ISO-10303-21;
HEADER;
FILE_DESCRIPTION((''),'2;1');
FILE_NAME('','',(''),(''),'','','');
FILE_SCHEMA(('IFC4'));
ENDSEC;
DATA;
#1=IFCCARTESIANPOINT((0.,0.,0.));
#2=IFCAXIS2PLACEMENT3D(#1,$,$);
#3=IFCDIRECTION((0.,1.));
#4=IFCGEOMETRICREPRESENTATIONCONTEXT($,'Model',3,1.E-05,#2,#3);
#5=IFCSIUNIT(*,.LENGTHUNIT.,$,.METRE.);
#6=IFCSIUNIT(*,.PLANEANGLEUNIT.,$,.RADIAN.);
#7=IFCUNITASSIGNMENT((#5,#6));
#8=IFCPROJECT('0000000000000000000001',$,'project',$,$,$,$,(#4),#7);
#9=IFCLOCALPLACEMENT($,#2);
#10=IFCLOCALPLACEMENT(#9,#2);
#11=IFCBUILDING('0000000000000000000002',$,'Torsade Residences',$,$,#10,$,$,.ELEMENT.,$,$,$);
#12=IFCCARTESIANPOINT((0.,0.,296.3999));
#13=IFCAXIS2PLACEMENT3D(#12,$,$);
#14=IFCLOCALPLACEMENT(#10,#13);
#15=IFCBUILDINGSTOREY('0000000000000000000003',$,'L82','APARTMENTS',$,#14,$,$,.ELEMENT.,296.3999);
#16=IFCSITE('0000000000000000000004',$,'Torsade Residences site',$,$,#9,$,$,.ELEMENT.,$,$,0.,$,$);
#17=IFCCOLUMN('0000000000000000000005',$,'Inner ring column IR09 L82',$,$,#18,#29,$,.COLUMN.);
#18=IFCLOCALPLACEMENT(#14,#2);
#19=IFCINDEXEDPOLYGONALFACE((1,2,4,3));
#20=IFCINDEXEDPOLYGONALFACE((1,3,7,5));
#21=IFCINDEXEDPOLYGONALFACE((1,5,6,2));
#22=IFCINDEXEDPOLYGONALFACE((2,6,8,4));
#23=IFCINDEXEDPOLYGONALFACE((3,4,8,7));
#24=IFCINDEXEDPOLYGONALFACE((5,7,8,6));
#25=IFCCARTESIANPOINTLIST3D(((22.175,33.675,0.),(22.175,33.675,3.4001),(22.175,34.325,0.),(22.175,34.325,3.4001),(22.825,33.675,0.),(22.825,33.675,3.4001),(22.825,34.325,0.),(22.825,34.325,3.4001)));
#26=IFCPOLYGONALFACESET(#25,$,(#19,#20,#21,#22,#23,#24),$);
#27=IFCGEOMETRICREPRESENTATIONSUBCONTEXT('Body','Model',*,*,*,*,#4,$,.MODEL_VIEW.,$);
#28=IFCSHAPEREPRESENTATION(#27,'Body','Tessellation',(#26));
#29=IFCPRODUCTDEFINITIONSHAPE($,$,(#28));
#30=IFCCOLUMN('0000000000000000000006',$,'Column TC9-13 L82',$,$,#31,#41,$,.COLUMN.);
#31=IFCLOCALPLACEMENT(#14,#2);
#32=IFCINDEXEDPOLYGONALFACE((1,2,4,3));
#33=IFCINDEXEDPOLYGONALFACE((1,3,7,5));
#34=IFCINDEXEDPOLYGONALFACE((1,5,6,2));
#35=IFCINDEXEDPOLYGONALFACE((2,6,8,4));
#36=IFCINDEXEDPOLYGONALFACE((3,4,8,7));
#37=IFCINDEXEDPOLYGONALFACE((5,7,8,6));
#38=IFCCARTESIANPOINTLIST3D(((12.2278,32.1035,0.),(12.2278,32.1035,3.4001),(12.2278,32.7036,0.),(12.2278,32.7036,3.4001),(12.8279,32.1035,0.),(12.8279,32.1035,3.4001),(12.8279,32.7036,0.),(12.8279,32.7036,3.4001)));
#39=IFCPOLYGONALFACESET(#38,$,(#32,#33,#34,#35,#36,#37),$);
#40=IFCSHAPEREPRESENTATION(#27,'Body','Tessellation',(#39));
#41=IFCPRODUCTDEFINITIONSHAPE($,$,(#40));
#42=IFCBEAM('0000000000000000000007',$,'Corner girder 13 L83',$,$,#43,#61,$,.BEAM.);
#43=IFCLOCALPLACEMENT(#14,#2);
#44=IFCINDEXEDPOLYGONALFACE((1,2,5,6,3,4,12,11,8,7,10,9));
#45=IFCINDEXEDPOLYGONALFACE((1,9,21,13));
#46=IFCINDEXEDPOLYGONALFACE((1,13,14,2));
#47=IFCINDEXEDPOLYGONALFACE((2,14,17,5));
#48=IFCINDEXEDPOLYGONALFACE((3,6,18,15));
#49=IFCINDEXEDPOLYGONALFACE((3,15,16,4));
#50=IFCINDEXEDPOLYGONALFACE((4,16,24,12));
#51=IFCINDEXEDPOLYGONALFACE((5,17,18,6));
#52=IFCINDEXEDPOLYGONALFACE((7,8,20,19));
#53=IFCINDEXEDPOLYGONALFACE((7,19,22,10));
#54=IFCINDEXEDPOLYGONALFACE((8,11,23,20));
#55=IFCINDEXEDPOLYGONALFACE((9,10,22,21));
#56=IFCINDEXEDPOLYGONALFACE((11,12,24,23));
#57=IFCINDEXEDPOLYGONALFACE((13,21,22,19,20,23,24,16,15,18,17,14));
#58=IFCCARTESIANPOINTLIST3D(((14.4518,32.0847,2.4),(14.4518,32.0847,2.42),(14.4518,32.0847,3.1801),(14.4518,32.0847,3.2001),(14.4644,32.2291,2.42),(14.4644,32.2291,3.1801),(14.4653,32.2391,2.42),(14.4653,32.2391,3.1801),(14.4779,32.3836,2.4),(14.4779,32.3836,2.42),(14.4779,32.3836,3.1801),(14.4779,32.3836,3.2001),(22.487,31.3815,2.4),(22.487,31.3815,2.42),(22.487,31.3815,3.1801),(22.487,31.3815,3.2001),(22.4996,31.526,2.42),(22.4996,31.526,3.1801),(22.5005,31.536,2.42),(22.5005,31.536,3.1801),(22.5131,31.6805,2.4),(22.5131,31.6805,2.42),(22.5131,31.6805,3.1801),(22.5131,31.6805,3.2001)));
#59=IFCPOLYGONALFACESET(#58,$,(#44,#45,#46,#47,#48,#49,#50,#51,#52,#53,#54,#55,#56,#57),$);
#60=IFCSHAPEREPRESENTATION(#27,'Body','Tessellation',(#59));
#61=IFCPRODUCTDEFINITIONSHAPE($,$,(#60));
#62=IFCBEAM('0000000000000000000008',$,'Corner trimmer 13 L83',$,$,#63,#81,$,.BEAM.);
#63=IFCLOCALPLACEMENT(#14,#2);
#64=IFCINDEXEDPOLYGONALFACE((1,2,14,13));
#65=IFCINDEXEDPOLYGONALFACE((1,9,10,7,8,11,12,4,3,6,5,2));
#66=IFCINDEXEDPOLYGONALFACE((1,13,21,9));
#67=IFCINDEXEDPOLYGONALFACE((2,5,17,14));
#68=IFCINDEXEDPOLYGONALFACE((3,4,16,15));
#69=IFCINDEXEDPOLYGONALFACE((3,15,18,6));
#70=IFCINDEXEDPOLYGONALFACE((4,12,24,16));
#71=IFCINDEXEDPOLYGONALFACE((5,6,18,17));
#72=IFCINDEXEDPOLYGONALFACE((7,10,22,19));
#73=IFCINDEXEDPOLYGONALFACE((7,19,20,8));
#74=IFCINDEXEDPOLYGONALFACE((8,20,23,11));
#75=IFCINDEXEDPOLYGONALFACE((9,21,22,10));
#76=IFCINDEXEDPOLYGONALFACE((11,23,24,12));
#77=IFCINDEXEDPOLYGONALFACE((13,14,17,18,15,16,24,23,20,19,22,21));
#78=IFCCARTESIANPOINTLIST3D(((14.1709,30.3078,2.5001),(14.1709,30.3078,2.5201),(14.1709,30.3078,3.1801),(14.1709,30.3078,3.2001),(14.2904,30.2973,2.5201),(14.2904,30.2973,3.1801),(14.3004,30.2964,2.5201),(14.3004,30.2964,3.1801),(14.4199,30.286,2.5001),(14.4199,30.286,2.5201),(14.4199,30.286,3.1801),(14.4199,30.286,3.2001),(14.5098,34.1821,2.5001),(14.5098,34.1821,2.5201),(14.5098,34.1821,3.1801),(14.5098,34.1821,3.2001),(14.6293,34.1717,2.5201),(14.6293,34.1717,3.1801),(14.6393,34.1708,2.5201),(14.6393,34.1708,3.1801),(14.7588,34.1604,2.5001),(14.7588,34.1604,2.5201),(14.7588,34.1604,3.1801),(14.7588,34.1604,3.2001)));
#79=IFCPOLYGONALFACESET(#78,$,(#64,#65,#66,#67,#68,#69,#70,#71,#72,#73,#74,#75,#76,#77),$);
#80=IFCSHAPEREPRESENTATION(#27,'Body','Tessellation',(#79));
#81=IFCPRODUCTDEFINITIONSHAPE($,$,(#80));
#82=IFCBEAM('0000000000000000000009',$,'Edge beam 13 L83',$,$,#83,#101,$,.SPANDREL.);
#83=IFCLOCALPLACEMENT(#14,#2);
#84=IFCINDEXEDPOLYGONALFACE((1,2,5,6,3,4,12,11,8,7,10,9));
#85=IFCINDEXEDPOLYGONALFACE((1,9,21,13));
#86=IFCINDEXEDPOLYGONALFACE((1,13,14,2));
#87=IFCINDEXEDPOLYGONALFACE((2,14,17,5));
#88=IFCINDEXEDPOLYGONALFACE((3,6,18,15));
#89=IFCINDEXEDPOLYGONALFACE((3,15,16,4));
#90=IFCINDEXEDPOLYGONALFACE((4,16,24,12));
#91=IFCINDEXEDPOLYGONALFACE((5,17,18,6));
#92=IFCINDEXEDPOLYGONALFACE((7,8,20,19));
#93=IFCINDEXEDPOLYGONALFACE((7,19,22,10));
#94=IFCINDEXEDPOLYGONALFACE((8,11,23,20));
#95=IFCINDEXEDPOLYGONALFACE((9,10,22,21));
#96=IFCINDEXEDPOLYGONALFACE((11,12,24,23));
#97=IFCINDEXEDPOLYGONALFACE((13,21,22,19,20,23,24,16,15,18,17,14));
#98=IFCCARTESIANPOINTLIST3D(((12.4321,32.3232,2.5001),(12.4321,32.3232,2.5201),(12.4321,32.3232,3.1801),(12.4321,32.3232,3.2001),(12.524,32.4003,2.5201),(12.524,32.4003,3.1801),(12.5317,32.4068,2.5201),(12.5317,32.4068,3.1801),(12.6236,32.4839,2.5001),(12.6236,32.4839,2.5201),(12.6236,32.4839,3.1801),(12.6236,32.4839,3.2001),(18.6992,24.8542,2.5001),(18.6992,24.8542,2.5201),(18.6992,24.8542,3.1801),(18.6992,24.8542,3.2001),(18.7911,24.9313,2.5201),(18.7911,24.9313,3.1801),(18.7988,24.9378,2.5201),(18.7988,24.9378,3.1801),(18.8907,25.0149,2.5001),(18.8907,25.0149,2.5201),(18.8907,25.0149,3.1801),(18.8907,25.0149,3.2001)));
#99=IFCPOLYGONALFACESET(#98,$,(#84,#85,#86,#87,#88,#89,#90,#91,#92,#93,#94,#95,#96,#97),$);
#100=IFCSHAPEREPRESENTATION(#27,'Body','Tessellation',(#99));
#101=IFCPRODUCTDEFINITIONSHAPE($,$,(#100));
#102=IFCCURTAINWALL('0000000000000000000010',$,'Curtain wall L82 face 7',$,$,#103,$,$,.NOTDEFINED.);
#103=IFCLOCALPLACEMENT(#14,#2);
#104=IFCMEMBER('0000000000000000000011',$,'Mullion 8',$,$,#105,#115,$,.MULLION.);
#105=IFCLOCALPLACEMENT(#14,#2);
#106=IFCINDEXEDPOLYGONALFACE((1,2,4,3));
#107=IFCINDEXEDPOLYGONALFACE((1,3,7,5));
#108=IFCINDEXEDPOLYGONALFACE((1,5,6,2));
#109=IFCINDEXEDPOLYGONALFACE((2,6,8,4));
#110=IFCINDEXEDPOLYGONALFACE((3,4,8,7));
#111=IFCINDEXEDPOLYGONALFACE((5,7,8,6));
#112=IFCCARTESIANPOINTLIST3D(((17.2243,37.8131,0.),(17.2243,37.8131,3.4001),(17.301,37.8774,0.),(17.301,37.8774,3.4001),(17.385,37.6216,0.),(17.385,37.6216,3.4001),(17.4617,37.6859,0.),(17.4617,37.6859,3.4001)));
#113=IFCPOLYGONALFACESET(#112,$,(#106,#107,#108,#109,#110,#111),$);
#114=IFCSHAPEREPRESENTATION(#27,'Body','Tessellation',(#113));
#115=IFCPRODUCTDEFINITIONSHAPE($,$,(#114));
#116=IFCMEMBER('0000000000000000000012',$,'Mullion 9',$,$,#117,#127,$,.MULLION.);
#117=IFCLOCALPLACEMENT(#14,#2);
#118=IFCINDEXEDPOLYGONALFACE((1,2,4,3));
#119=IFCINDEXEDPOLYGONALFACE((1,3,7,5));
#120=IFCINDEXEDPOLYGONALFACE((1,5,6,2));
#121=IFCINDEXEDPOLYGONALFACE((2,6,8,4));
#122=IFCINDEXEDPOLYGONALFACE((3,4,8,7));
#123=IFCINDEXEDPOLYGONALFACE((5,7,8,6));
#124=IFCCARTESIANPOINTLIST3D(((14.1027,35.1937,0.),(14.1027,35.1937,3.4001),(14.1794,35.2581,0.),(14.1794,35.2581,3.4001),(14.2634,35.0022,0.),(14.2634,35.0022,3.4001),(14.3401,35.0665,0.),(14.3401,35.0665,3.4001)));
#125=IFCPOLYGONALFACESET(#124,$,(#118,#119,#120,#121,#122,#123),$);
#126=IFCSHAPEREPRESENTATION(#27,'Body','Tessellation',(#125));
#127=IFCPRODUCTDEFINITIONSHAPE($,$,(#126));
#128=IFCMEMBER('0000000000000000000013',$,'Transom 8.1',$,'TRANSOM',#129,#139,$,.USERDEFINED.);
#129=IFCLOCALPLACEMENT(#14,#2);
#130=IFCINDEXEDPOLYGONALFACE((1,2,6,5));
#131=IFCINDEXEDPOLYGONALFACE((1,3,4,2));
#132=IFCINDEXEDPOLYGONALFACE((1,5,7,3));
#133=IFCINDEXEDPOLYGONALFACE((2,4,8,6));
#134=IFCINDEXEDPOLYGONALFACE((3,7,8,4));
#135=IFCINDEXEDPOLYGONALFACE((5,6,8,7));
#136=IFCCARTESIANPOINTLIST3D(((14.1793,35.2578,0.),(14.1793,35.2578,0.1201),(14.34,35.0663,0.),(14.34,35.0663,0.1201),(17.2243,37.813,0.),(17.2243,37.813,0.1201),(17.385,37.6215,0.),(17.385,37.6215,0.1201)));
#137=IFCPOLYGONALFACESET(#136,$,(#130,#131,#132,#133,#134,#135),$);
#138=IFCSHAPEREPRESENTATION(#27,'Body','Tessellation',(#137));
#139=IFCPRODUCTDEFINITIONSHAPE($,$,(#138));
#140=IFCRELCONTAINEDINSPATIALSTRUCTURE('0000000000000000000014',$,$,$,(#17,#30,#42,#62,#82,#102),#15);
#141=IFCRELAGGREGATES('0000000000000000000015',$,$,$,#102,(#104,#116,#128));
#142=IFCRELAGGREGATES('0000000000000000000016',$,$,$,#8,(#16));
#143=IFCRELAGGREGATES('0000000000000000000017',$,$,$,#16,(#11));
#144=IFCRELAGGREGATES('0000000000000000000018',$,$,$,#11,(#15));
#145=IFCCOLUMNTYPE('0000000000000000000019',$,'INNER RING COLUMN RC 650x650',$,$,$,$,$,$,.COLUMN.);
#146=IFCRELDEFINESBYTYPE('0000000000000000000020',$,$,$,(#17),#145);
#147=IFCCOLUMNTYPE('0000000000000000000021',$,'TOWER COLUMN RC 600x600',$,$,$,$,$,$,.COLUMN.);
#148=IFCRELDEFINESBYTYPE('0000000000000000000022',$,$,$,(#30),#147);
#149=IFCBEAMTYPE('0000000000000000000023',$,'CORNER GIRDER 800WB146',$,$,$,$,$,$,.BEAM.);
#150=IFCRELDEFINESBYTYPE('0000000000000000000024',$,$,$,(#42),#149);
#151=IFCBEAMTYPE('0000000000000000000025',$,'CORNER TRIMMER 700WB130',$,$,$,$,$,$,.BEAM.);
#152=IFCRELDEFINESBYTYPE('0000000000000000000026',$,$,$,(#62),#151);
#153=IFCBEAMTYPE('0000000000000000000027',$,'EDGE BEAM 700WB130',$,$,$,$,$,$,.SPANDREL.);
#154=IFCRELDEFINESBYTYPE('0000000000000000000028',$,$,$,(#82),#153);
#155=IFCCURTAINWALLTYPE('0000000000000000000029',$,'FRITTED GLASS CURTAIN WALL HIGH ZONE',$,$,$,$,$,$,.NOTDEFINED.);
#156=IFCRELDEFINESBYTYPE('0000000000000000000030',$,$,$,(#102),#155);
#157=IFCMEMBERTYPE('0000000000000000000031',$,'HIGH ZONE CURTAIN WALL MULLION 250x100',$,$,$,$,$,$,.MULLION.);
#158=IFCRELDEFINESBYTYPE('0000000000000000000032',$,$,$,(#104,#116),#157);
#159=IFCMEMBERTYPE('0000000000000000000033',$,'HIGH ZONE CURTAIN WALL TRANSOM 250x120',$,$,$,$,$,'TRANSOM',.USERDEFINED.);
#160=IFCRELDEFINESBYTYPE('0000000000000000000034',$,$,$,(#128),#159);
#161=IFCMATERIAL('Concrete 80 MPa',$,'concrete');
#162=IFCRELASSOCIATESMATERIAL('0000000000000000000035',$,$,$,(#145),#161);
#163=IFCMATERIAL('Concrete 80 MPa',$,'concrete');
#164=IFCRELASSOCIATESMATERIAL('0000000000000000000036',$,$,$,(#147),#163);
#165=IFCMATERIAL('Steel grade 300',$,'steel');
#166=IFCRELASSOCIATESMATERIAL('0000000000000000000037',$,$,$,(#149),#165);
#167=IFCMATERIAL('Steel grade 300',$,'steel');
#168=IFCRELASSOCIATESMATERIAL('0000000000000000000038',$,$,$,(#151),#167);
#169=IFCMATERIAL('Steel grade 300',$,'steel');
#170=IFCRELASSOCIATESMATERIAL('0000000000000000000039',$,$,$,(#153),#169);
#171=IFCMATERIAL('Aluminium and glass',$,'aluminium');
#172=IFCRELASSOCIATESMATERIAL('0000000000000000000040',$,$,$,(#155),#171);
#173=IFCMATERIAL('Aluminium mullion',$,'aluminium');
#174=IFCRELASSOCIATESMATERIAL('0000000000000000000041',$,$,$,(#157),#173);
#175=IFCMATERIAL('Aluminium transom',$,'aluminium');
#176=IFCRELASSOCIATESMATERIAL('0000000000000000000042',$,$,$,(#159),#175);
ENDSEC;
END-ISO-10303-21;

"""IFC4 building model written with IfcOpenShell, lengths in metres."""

from ifc_helpers import new_model, si_unit, direction, frame, origin, origin_2d, place, context, subcontext, project, spatial, rectangle, i_section, extrude, material, material_profile, profile_set, type_object, element, aggregate, save


model = new_model("IFC4")

# Units and contexts
model_context = context("Model", 3, precision=1e-05, world=origin(), true_north=direction((0.0, 1.0)))
body_context = subcontext(model_context, "Body", "Model", "MODEL_VIEW")
ifc_project = project(units=[si_unit("LENGTHUNIT", "METRE"), si_unit("PLANEANGLEUNIT", "RADIAN")], contexts=[model_context])

# Site, building, storey
site_placement = place(None, origin())
site = spatial("IfcSite", under=ifc_project, at=site_placement, Name="Torsade Residences site", CompositionType="ELEMENT", RefElevation=0.0)
building_placement = place(site_placement, origin())
building = spatial("IfcBuilding", under=site, at=building_placement, Name="Torsade Residences", CompositionType="ELEMENT")
storey_placement = place(building_placement, frame((0.0, 0.0, 296.3999)))
storey = spatial("IfcBuildingStorey", under=building, at=storey_placement, Name="L82", Description="APARTMENTS", CompositionType="ELEMENT", Elevation=296.3999)

# Columns
ifc_material_1 = material(Name="Concrete 80 MPa", Category="concrete")
ifc_material_profile_1 = material_profile(ifc_material_1, rectangle(XDim=0.6499, YDim=0.6499, at=origin_2d()), Name="RC 650x650")
ifc_profile_set_1 = profile_set([ifc_material_profile_1], Name="Concrete 80 MPa")
column_type_1 = type_object("IfcColumnType", Name="INNER RING COLUMN RC 650x650", PredefinedType="COLUMN", material=ifc_profile_set_1)
column_1_placement = place(storey_placement, frame((22.5, 34.0, 0.0), z_axis=(0.0, 0.0, 1.0), x_axis=(1.0, 0.0, 0.0)))
element("IfcColumn", 1, at=column_1_placement, inside=storey, type_object=column_type_1, Name="Inner ring column IR09 L82", PredefinedType="COLUMN", context=body_context, shape_type="SweptSolid", body=[
    extrude(rectangle(XDim=0.6499, YDim=0.6499, at=origin_2d()), origin(), (0.0, 0.0, 1.0), 3.4001),
])
ifc_material_2 = material(Name="Concrete 80 MPa", Category="concrete")
ifc_material_profile_2 = material_profile(ifc_material_2, rectangle(XDim=0.6001, YDim=0.6001, at=origin_2d()), Name="RC 600x600")
ifc_profile_set_2 = profile_set([ifc_material_profile_2], Name="Concrete 80 MPa")
column_type_2 = type_object("IfcColumnType", Name="TOWER COLUMN RC 600x600", PredefinedType="COLUMN", material=ifc_profile_set_2)
column_2_placement = place(storey_placement, frame((12.5278, 32.4036, 0.0), z_axis=(0.0, 0.0, 1.0), x_axis=(1.0, 0.0, 0.0)))
element("IfcColumn", 2, at=column_2_placement, inside=storey, type_object=column_type_2, Name="Column TC9-13 L82", PredefinedType="COLUMN", context=body_context, shape_type="SweptSolid", body=[
    extrude(rectangle(XDim=0.6001, YDim=0.6001, at=origin_2d()), origin(), (0.0, 0.0, 1.0), 3.4001),
])

# Beams
ifc_material_3 = material(Name="Steel grade 300", Category="steel")
ifc_material_profile_3 = material_profile(ifc_material_3, i_section(OverallWidth=0.3, OverallDepth=0.8, WebThickness=0.01, FlangeThickness=0.02, at=origin_2d()), Name="800WB146")
ifc_profile_set_3 = profile_set([ifc_material_profile_3], Name="Steel grade 300")
beam_type_1 = type_object("IfcBeamType", Name="CORNER GIRDER 800WB146", PredefinedType="BEAM", material=ifc_profile_set_3)
beam_1_placement = place(storey_placement, frame((14.4648, 32.2341, 2.8), z_axis=(0.996193, -0.087173, 0.0), x_axis=(0.087173, 0.996193, 0.0)))
element("IfcBeam", 3, at=beam_1_placement, inside=storey, type_object=beam_type_1, Name="Corner girder 13 L83", PredefinedType="BEAM", context=body_context, shape_type="SweptSolid", body=[
    extrude(i_section(OverallWidth=0.3, OverallDepth=0.8, WebThickness=0.01, FlangeThickness=0.02, at=origin_2d()), origin(), (0.0, 0.0, 1.0), 8.0659),
])
ifc_material_4 = material(Name="Steel grade 300", Category="steel")
ifc_material_profile_4 = material_profile(ifc_material_4, i_section(OverallWidth=0.25, OverallDepth=0.7, WebThickness=0.01, FlangeThickness=0.02, at=origin_2d()), Name="700WB130")
ifc_profile_set_4 = profile_set([ifc_material_profile_4], Name="Steel grade 300")
beam_type_2 = type_object("IfcBeamType", Name="CORNER TRIMMER 700WB130", PredefinedType="BEAM", material=ifc_profile_set_4)
beam_2_placement = place(storey_placement, frame((14.2954, 30.2969, 2.8501), z_axis=(0.087133, 0.996197, 0.0), x_axis=(-0.996197, 0.087133, 0.0)))
element("IfcBeam", 4, at=beam_2_placement, inside=storey, type_object=beam_type_2, Name="Corner trimmer 13 L83", PredefinedType="BEAM", context=body_context, shape_type="SweptSolid", body=[
    extrude(i_section(OverallWidth=0.25, OverallDepth=0.7, WebThickness=0.01, FlangeThickness=0.02, at=origin_2d()), origin(), (0.0, 0.0, 1.0), 3.8892),
])
ifc_material_5 = material(Name="Steel grade 300", Category="steel")
ifc_material_profile_5 = material_profile(ifc_material_5, i_section(OverallWidth=0.25, OverallDepth=0.7, WebThickness=0.01, FlangeThickness=0.02, at=origin_2d()), Name="700WB130")
ifc_profile_set_5 = profile_set([ifc_material_profile_5], Name="Steel grade 300")
beam_type_3 = type_object("IfcBeamType", Name="EDGE BEAM 700WB130", PredefinedType="SPANDREL", material=ifc_profile_set_5)
beam_3_placement = place(storey_placement, frame((12.5278, 32.4036, 2.8501), z_axis=(0.642779, -0.766052, 0.0), x_axis=(0.766052, 0.642779, 0.0)))
element("IfcBeam", 5, at=beam_3_placement, inside=storey, type_object=beam_type_3, Name="Edge beam 13 L83", PredefinedType="SPANDREL", context=body_context, shape_type="SweptSolid", body=[
    extrude(i_section(OverallWidth=0.25, OverallDepth=0.7, WebThickness=0.01, FlangeThickness=0.02, at=origin_2d()), origin(), (0.0, 0.0, 1.0), 9.75),
])

# Curtain wall, members
ifc_material_6 = material(Name="Aluminium and glass", Category="aluminium")
curtain_wall_type = type_object("IfcCurtainWallType", Name="FRITTED GLASS CURTAIN WALL HIGH ZONE", PredefinedType="NOTDEFINED", material=ifc_material_6)
curtain_wall_placement = place(storey_placement, origin())
curtain_wall = element("IfcCurtainWall", 6, at=curtain_wall_placement, inside=storey, type_object=curtain_wall_type, Name="Curtain wall L82 face 7", PredefinedType="NOTDEFINED")
ifc_material_7 = material(Name="Aluminium mullion", Category="aluminium")
ifc_material_profile_6 = material_profile(ifc_material_7, rectangle(XDim=0.25, YDim=0.1001, at=origin_2d()), Name="HIGH ZONE CURTAIN WALL MULLION 250x100")
ifc_profile_set_6 = profile_set([ifc_material_profile_6], Name="Aluminium mullion")
member_type_1 = type_object("IfcMemberType", Name="HIGH ZONE CURTAIN WALL MULLION 250x100", PredefinedType="MULLION", material=ifc_profile_set_6)
member_1_placement = place(storey_placement, frame((17.343, 37.7495, 0.0), z_axis=(0.0, 0.0, 1.0), x_axis=(0.642788, -0.766044, 0.0)))
member_1 = element("IfcMember", 7, at=member_1_placement, type_object=member_type_1, Name="Mullion 8", PredefinedType="MULLION", context=body_context, shape_type="SweptSolid", body=[
    extrude(rectangle(XDim=0.25, YDim=0.1001, at=origin_2d()), origin(), (0.0, 0.0, 1.0), 3.4001),
])
member_2_placement = place(storey_placement, frame((14.2214, 35.1301, 0.0), z_axis=(0.0, 0.0, 1.0), x_axis=(0.642788, -0.766044, 0.0)))
member_2 = element("IfcMember", 8, at=member_2_placement, type_object=member_type_1, Name="Mullion 9", PredefinedType="MULLION", context=body_context, shape_type="SweptSolid", body=[
    extrude(rectangle(XDim=0.25, YDim=0.1001, at=origin_2d()), origin(), (0.0, 0.0, 1.0), 3.4001),
])
ifc_material_8 = material(Name="Aluminium transom", Category="aluminium")
ifc_material_profile_7 = material_profile(ifc_material_8, rectangle(XDim=0.25, YDim=0.1201, at=origin_2d()), Name="HIGH ZONE CURTAIN WALL TRANSOM 250x120")
ifc_profile_set_7 = profile_set([ifc_material_profile_7], Name="Aluminium transom")
member_type_2 = type_object("IfcMemberType", Name="HIGH ZONE CURTAIN WALL TRANSOM 250x120", ElementType="TRANSOM", PredefinedType="USERDEFINED", material=ifc_profile_set_7)
member_3_placement = place(storey_placement, frame((17.3047, 37.7173, 0.0601), z_axis=(-0.766022, -0.642815, 0.0), x_axis=(0.642815, -0.766022, 0.0)))
member_3 = element("IfcMember", 9, at=member_3_placement, type_object=member_type_2, Name="Transom 8.1", ObjectType="TRANSOM", PredefinedType="USERDEFINED", context=body_context, shape_type="SweptSolid", body=[
    extrude(rectangle(XDim=0.25, YDim=0.1201, at=origin_2d()), origin(), (0.0, 0.0, 1.0), 3.9751),
])

aggregate(curtain_wall, [member_1, member_2, member_3])

save(model, "model.ifc")
